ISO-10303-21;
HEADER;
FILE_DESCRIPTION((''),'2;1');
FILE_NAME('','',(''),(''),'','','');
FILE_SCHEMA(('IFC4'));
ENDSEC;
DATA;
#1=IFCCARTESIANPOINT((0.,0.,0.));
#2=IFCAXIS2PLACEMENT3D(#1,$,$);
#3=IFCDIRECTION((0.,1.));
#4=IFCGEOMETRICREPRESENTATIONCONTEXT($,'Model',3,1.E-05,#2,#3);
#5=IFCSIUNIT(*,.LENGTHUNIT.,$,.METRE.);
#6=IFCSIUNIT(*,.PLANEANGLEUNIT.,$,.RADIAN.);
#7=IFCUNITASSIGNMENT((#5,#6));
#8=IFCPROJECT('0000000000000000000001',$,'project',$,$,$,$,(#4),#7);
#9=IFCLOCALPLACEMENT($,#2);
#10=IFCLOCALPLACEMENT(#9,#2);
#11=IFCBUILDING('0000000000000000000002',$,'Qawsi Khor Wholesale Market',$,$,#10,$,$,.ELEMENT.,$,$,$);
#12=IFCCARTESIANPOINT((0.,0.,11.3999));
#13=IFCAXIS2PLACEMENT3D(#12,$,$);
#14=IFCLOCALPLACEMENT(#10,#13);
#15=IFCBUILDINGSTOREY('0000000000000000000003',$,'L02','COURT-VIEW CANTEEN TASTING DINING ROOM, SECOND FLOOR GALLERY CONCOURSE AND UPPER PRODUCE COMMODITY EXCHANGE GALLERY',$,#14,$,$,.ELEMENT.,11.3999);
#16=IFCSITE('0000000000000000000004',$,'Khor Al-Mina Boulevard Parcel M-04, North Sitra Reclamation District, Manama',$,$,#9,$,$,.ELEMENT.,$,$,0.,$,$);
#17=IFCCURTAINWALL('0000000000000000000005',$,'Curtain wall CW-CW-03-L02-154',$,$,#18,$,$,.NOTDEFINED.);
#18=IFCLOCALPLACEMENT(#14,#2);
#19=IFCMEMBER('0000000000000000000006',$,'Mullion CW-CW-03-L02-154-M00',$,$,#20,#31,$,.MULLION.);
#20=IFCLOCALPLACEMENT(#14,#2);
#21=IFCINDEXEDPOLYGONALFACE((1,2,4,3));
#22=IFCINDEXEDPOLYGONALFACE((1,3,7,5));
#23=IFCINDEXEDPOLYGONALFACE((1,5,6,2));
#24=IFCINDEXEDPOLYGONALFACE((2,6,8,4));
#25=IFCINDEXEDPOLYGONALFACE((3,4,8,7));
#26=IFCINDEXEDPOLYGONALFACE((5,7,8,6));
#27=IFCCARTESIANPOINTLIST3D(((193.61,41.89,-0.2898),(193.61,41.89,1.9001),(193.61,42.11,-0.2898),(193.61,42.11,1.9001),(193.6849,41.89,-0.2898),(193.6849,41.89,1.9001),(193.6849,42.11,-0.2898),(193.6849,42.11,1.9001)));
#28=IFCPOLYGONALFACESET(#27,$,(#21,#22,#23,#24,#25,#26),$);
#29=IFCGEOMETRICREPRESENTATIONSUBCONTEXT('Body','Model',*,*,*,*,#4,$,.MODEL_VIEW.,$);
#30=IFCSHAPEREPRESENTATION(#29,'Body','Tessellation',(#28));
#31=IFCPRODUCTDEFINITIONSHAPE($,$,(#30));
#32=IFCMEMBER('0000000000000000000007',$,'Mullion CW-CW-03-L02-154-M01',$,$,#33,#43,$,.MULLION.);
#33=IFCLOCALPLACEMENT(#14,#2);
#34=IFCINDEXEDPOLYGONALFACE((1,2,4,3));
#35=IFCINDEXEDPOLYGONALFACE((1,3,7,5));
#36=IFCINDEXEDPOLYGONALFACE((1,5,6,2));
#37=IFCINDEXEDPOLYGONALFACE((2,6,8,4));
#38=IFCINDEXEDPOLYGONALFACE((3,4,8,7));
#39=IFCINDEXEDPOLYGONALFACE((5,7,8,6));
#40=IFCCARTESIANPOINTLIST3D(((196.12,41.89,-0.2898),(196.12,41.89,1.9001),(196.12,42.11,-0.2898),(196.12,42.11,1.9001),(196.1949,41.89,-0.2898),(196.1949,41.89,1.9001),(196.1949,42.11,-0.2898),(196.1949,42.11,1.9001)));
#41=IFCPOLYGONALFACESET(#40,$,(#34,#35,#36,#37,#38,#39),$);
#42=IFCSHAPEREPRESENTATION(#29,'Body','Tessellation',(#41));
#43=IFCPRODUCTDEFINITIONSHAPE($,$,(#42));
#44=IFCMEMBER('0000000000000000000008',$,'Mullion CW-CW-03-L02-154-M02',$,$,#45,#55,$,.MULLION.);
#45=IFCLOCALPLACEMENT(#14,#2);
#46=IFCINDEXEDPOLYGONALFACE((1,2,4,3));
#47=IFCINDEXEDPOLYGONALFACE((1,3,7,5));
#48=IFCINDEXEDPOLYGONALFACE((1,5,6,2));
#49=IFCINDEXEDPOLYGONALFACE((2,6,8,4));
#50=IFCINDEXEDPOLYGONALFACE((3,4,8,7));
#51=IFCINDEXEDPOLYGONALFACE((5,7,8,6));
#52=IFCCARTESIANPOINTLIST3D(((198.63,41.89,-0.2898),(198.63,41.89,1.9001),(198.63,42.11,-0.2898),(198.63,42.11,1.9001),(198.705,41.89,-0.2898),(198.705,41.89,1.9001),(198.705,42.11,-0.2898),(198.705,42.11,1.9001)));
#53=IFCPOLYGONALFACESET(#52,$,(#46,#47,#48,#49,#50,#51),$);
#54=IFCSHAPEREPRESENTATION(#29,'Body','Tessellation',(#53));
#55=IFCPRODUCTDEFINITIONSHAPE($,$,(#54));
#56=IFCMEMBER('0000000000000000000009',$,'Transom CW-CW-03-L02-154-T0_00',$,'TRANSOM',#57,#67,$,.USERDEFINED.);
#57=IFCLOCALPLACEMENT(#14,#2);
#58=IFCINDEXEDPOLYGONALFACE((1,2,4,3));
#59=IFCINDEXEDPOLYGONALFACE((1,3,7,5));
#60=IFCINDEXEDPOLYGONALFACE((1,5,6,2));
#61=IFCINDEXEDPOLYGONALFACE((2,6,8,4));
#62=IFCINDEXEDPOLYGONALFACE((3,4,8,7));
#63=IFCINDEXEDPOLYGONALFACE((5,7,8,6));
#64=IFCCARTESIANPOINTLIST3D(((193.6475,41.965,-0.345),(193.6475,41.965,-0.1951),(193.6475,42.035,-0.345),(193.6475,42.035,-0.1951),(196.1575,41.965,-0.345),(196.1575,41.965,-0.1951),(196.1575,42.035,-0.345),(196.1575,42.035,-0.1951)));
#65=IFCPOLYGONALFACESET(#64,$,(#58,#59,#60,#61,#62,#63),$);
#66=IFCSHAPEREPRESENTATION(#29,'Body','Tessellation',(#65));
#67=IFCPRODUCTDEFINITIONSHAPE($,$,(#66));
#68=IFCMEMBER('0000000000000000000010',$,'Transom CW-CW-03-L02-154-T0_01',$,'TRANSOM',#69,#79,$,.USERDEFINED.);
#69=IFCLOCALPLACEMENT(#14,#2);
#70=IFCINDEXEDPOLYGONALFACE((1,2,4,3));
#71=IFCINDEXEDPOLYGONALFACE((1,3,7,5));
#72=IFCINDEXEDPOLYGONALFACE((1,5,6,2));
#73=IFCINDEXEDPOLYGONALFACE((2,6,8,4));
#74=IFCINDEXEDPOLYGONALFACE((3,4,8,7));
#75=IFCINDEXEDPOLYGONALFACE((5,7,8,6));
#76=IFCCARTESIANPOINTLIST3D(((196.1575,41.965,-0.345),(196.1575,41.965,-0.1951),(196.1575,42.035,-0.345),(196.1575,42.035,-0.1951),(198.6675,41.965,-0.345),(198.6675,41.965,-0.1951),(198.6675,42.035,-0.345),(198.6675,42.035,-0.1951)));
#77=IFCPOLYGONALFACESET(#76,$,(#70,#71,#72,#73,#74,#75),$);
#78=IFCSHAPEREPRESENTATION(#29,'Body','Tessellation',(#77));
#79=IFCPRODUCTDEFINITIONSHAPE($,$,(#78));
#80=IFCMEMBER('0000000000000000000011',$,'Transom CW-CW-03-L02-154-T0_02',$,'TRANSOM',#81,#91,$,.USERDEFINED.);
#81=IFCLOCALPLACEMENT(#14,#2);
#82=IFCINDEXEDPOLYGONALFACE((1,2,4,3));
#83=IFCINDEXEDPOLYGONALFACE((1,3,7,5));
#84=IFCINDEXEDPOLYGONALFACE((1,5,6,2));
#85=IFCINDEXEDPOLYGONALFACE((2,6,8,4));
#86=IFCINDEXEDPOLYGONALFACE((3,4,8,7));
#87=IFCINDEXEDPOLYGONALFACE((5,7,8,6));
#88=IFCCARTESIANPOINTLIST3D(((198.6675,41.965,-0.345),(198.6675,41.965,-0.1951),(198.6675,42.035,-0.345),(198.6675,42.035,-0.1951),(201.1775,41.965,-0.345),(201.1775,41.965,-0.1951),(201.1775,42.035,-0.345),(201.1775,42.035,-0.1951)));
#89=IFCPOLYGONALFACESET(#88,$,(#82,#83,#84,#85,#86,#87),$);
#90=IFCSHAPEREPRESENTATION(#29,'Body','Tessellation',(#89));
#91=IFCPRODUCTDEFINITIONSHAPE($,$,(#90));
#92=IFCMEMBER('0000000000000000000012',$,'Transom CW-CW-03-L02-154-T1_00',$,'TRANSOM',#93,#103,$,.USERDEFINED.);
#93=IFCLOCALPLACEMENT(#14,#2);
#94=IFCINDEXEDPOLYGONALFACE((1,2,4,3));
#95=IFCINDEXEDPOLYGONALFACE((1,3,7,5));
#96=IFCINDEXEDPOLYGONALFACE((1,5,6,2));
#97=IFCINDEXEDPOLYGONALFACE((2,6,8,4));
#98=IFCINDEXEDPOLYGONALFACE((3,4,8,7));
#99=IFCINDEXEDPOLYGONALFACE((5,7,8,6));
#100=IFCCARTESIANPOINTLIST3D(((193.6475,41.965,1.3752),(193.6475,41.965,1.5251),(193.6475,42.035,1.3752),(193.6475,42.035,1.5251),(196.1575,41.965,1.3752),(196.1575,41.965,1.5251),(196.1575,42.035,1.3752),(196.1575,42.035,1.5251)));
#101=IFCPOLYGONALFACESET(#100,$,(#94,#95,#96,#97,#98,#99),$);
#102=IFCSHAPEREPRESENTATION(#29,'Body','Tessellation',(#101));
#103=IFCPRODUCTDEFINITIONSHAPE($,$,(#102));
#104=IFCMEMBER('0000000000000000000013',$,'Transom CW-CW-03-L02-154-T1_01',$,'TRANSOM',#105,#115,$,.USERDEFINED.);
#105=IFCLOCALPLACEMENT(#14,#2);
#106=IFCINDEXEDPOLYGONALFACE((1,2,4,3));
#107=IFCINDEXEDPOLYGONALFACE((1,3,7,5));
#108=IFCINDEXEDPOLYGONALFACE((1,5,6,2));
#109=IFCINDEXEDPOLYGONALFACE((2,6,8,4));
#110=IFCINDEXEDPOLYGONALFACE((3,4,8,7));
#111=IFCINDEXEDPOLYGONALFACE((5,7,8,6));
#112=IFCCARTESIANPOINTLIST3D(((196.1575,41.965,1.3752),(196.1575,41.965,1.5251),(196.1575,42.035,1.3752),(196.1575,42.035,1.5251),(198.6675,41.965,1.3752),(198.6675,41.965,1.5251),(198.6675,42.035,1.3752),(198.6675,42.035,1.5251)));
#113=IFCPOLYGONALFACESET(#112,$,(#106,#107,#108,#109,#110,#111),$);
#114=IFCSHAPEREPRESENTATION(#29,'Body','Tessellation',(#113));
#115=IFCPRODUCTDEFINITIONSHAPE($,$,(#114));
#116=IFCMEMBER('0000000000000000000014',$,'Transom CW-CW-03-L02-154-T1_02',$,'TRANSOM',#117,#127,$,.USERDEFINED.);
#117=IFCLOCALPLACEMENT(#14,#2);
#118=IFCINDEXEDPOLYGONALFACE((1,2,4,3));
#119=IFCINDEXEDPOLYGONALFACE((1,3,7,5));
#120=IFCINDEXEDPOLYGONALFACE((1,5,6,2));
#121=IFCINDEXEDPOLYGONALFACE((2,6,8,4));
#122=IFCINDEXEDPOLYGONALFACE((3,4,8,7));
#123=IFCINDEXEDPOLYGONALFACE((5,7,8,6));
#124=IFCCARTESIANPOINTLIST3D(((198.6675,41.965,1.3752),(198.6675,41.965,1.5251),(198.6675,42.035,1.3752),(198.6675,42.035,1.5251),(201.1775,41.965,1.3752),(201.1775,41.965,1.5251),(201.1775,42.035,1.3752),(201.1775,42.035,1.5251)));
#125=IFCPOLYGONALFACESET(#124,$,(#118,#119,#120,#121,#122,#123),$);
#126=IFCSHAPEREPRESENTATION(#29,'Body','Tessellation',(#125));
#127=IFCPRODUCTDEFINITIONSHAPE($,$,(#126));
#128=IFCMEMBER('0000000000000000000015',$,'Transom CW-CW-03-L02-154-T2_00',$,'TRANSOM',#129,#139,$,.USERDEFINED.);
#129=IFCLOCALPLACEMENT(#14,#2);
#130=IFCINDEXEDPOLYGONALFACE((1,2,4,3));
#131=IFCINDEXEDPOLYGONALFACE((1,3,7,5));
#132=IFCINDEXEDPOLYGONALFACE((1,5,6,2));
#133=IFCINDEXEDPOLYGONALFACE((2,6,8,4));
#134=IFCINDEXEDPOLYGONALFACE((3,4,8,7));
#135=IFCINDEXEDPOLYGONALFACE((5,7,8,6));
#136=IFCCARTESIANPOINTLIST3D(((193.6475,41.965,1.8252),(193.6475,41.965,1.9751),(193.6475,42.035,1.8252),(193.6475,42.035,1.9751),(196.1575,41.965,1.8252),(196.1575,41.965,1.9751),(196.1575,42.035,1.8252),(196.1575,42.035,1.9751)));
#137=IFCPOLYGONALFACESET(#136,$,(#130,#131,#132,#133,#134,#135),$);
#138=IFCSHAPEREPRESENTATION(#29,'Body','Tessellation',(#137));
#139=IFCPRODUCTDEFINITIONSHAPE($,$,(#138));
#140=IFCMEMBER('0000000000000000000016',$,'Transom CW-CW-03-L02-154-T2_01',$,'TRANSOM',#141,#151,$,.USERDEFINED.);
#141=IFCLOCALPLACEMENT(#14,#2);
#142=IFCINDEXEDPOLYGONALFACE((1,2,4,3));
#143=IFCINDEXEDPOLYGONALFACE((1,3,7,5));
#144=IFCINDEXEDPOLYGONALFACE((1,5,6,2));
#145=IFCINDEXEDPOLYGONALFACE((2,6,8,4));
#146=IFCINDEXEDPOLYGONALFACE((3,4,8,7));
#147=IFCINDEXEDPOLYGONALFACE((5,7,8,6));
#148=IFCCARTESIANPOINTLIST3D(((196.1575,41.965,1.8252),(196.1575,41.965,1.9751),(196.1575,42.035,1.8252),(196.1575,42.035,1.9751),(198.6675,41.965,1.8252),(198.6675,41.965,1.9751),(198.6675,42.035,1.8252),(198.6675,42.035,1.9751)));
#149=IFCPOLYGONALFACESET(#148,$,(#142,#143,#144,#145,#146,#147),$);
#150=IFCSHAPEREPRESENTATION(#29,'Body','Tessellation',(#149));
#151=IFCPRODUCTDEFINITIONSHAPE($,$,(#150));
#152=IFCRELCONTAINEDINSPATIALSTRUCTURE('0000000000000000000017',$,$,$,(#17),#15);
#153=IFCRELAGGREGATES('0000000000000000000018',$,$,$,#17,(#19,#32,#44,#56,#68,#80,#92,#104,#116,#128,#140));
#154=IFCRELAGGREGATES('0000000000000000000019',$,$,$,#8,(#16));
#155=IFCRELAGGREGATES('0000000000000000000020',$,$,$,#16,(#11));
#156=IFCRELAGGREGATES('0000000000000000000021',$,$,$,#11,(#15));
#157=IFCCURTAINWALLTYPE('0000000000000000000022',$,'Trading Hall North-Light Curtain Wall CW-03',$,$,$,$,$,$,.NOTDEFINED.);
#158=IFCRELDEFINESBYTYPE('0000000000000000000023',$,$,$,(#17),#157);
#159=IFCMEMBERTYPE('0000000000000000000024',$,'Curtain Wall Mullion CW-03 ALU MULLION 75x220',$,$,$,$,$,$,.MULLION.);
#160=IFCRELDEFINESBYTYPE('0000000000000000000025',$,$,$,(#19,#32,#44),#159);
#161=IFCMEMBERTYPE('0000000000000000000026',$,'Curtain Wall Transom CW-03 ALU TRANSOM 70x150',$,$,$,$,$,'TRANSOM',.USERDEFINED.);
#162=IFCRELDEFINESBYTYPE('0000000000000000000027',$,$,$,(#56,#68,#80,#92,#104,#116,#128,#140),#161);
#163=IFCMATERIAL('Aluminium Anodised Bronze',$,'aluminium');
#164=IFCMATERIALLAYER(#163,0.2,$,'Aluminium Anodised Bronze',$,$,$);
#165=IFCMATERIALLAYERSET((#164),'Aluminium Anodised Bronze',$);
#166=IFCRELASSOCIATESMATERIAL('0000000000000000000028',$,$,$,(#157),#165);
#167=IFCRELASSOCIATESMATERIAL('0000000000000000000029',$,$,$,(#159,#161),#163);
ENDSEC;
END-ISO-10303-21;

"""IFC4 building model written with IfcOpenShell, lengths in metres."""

from ifc_helpers import new_model, si_unit, direction, frame, origin, origin_2d, place, context, subcontext, project, spatial, rectangle, extrude, material, layer, layer_set, material_profile, profile_set, type_object, element, aggregate, save


model = new_model("IFC4")

# Units and contexts
model_context = context("Model", 3, precision=1e-05, world=origin(), true_north=direction((0.0, 1.0)))
body_context = subcontext(model_context, "Body", "Model", "MODEL_VIEW")
ifc_project = project(units=[si_unit("LENGTHUNIT", "METRE"), si_unit("PLANEANGLEUNIT", "RADIAN")], contexts=[model_context])

# Site, building, storey
site_placement = place(None, origin())
site = spatial("IfcSite", under=ifc_project, at=site_placement, Name="Khor Al-Mina Boulevard Parcel M-04, North Sitra Reclamation District, Manama", CompositionType="ELEMENT", RefElevation=0.0)
building_placement = place(site_placement, origin())
building = spatial("IfcBuilding", under=site, at=building_placement, Name="Qawsi Khor Wholesale Market", CompositionType="ELEMENT")
storey_placement = place(building_placement, frame((0.0, 0.0, 11.3999)))
storey = spatial("IfcBuildingStorey", under=building, at=storey_placement, Name="L02", Description="COURT-VIEW CANTEEN TASTING DINING ROOM, SECOND FLOOR GALLERY CONCOURSE AND UPPER PRODUCE COMMODITY EXCHANGE GALLERY", CompositionType="ELEMENT", Elevation=11.3999)

# Curtain wall, members
ifc_material_1 = material(Name="Aluminium Anodised Bronze", Category="aluminium")
ifc_layer_1 = layer(ifc_material_1, 0.2, Name="Aluminium Anodised Bronze")
ifc_layer_set_1 = layer_set([ifc_layer_1], Name="Aluminium Anodised Bronze")
curtain_wall_type = type_object("IfcCurtainWallType", Name="Trading Hall North-Light Curtain Wall CW-03", PredefinedType="NOTDEFINED", material=ifc_layer_set_1)
curtain_wall_placement = place(storey_placement, origin())
curtain_wall = element("IfcCurtainWall", 1, at=curtain_wall_placement, inside=storey, type_object=curtain_wall_type, Name="Curtain wall CW-CW-03-L02-154", PredefinedType="NOTDEFINED")
ifc_material_profile_1 = material_profile(ifc_material_1, rectangle(XDim=0.075, YDim=0.22, at=origin_2d()), Name="ALU MULLION 75x220")
ifc_profile_set_1 = profile_set([ifc_material_profile_1], Name="Aluminium Anodised Bronze")
member_type_1 = type_object("IfcMemberType", Name="Curtain Wall Mullion CW-03 ALU MULLION 75x220", PredefinedType="MULLION", material=ifc_profile_set_1)
member_1_placement = place(storey_placement, frame((193.6475, 42.0, -0.2898), z_axis=(0.0, 0.0, 1.0), x_axis=(1.0, 0.0, 0.0)))
member_1 = element("IfcMember", 2, at=member_1_placement, type_object=member_type_1, Name="Mullion CW-CW-03-L02-154-M00", PredefinedType="MULLION", context=body_context, shape_type="SweptSolid", body=[
    extrude(rectangle(XDim=0.075, YDim=0.22, at=origin_2d()), origin(), (0.0, 0.0, 1.0), 2.1899),
])
member_2_placement = place(storey_placement, frame((196.1575, 42.0, -0.2898), z_axis=(0.0, 0.0, 1.0), x_axis=(1.0, 0.0, 0.0)))
member_2 = element("IfcMember", 3, at=member_2_placement, type_object=member_type_1, Name="Mullion CW-CW-03-L02-154-M01", PredefinedType="MULLION", context=body_context, shape_type="SweptSolid", body=[
    extrude(rectangle(XDim=0.075, YDim=0.22, at=origin_2d()), origin(), (0.0, 0.0, 1.0), 2.1899),
])
member_3_placement = place(storey_placement, frame((198.6675, 42.0, -0.2898), z_axis=(0.0, 0.0, 1.0), x_axis=(1.0, 0.0, 0.0)))
member_3 = element("IfcMember", 4, at=member_3_placement, type_object=member_type_1, Name="Mullion CW-CW-03-L02-154-M02", PredefinedType="MULLION", context=body_context, shape_type="SweptSolid", body=[
    extrude(rectangle(XDim=0.075, YDim=0.22, at=origin_2d()), origin(), (0.0, 0.0, 1.0), 2.1899),
])
ifc_material_profile_2 = material_profile(ifc_material_1, rectangle(XDim=0.0701, YDim=0.1499, at=origin_2d()), Name="ALU TRANSOM 70x150")
ifc_profile_set_2 = profile_set([ifc_material_profile_2], Name="Aluminium Anodised Bronze")
member_type_2 = type_object("IfcMemberType", Name="Curtain Wall Transom CW-03 ALU TRANSOM 70x150", ElementType="TRANSOM", PredefinedType="USERDEFINED", material=ifc_profile_set_2)
member_4_placement = place(storey_placement, frame((193.6475, 42.0, -0.27), z_axis=(1.0, 0.0, 0.0), x_axis=(0.0, 1.0, 0.0)))
member_4 = element("IfcMember", 5, at=member_4_placement, type_object=member_type_2, Name="Transom CW-CW-03-L02-154-T0_00", ObjectType="TRANSOM", PredefinedType="USERDEFINED", context=body_context, shape_type="SweptSolid", body=[
    extrude(rectangle(XDim=0.0701, YDim=0.1499, at=origin_2d()), origin(), (0.0, 0.0, 1.0), 2.51),
])
member_5_placement = place(storey_placement, frame((196.1575, 42.0, -0.27), z_axis=(1.0, 0.0, 0.0), x_axis=(0.0, 1.0, 0.0)))
member_5 = element("IfcMember", 6, at=member_5_placement, type_object=member_type_2, Name="Transom CW-CW-03-L02-154-T0_01", ObjectType="TRANSOM", PredefinedType="USERDEFINED", context=body_context, shape_type="SweptSolid", body=[
    extrude(rectangle(XDim=0.0701, YDim=0.1499, at=origin_2d()), origin(), (0.0, 0.0, 1.0), 2.51),
])
member_6_placement = place(storey_placement, frame((198.6675, 42.0, -0.27), z_axis=(1.0, 0.0, 0.0), x_axis=(0.0, 1.0, 0.0)))
member_6 = element("IfcMember", 7, at=member_6_placement, type_object=member_type_2, Name="Transom CW-CW-03-L02-154-T0_02", ObjectType="TRANSOM", PredefinedType="USERDEFINED", context=body_context, shape_type="SweptSolid", body=[
    extrude(rectangle(XDim=0.0701, YDim=0.1499, at=origin_2d()), origin(), (0.0, 0.0, 1.0), 2.51),
])
member_7_placement = place(storey_placement, frame((193.6475, 42.0, 1.4502), z_axis=(1.0, 0.0, 0.0), x_axis=(0.0, 1.0, 0.0)))
member_7 = element("IfcMember", 8, at=member_7_placement, type_object=member_type_2, Name="Transom CW-CW-03-L02-154-T1_00", ObjectType="TRANSOM", PredefinedType="USERDEFINED", context=body_context, shape_type="SweptSolid", body=[
    extrude(rectangle(XDim=0.0701, YDim=0.1499, at=origin_2d()), origin(), (0.0, 0.0, 1.0), 2.51),
])
member_8_placement = place(storey_placement, frame((196.1575, 42.0, 1.4502), z_axis=(1.0, 0.0, 0.0), x_axis=(0.0, 1.0, 0.0)))
member_8 = element("IfcMember", 9, at=member_8_placement, type_object=member_type_2, Name="Transom CW-CW-03-L02-154-T1_01", ObjectType="TRANSOM", PredefinedType="USERDEFINED", context=body_context, shape_type="SweptSolid", body=[
    extrude(rectangle(XDim=0.0701, YDim=0.1499, at=origin_2d()), origin(), (0.0, 0.0, 1.0), 2.51),
])
member_9_placement = place(storey_placement, frame((198.6675, 42.0, 1.4502), z_axis=(1.0, 0.0, 0.0), x_axis=(0.0, 1.0, 0.0)))
member_9 = element("IfcMember", 10, at=member_9_placement, type_object=member_type_2, Name="Transom CW-CW-03-L02-154-T1_02", ObjectType="TRANSOM", PredefinedType="USERDEFINED", context=body_context, shape_type="SweptSolid", body=[
    extrude(rectangle(XDim=0.0701, YDim=0.1499, at=origin_2d()), origin(), (0.0, 0.0, 1.0), 2.51),
])
member_10_placement = place(storey_placement, frame((193.6475, 42.0, 1.9001), z_axis=(1.0, 0.0, 0.0), x_axis=(0.0, 1.0, 0.0)))
member_10 = element("IfcMember", 11, at=member_10_placement, type_object=member_type_2, Name="Transom CW-CW-03-L02-154-T2_00", ObjectType="TRANSOM", PredefinedType="USERDEFINED", context=body_context, shape_type="SweptSolid", body=[
    extrude(rectangle(XDim=0.0701, YDim=0.1499, at=origin_2d()), origin(), (0.0, 0.0, 1.0), 2.51),
])
member_11_placement = place(storey_placement, frame((196.1575, 42.0, 1.9001), z_axis=(1.0, 0.0, 0.0), x_axis=(0.0, 1.0, 0.0)))
member_11 = element("IfcMember", 12, at=member_11_placement, type_object=member_type_2, Name="Transom CW-CW-03-L02-154-T2_01", ObjectType="TRANSOM", PredefinedType="USERDEFINED", context=body_context, shape_type="SweptSolid", body=[
    extrude(rectangle(XDim=0.0701, YDim=0.1499, at=origin_2d()), origin(), (0.0, 0.0, 1.0), 2.51),
])

aggregate(curtain_wall, [member_1, member_2, member_3, member_4, member_5, member_6, member_7, member_8, member_9, member_10, member_11])

save(model, "model.ifc")
